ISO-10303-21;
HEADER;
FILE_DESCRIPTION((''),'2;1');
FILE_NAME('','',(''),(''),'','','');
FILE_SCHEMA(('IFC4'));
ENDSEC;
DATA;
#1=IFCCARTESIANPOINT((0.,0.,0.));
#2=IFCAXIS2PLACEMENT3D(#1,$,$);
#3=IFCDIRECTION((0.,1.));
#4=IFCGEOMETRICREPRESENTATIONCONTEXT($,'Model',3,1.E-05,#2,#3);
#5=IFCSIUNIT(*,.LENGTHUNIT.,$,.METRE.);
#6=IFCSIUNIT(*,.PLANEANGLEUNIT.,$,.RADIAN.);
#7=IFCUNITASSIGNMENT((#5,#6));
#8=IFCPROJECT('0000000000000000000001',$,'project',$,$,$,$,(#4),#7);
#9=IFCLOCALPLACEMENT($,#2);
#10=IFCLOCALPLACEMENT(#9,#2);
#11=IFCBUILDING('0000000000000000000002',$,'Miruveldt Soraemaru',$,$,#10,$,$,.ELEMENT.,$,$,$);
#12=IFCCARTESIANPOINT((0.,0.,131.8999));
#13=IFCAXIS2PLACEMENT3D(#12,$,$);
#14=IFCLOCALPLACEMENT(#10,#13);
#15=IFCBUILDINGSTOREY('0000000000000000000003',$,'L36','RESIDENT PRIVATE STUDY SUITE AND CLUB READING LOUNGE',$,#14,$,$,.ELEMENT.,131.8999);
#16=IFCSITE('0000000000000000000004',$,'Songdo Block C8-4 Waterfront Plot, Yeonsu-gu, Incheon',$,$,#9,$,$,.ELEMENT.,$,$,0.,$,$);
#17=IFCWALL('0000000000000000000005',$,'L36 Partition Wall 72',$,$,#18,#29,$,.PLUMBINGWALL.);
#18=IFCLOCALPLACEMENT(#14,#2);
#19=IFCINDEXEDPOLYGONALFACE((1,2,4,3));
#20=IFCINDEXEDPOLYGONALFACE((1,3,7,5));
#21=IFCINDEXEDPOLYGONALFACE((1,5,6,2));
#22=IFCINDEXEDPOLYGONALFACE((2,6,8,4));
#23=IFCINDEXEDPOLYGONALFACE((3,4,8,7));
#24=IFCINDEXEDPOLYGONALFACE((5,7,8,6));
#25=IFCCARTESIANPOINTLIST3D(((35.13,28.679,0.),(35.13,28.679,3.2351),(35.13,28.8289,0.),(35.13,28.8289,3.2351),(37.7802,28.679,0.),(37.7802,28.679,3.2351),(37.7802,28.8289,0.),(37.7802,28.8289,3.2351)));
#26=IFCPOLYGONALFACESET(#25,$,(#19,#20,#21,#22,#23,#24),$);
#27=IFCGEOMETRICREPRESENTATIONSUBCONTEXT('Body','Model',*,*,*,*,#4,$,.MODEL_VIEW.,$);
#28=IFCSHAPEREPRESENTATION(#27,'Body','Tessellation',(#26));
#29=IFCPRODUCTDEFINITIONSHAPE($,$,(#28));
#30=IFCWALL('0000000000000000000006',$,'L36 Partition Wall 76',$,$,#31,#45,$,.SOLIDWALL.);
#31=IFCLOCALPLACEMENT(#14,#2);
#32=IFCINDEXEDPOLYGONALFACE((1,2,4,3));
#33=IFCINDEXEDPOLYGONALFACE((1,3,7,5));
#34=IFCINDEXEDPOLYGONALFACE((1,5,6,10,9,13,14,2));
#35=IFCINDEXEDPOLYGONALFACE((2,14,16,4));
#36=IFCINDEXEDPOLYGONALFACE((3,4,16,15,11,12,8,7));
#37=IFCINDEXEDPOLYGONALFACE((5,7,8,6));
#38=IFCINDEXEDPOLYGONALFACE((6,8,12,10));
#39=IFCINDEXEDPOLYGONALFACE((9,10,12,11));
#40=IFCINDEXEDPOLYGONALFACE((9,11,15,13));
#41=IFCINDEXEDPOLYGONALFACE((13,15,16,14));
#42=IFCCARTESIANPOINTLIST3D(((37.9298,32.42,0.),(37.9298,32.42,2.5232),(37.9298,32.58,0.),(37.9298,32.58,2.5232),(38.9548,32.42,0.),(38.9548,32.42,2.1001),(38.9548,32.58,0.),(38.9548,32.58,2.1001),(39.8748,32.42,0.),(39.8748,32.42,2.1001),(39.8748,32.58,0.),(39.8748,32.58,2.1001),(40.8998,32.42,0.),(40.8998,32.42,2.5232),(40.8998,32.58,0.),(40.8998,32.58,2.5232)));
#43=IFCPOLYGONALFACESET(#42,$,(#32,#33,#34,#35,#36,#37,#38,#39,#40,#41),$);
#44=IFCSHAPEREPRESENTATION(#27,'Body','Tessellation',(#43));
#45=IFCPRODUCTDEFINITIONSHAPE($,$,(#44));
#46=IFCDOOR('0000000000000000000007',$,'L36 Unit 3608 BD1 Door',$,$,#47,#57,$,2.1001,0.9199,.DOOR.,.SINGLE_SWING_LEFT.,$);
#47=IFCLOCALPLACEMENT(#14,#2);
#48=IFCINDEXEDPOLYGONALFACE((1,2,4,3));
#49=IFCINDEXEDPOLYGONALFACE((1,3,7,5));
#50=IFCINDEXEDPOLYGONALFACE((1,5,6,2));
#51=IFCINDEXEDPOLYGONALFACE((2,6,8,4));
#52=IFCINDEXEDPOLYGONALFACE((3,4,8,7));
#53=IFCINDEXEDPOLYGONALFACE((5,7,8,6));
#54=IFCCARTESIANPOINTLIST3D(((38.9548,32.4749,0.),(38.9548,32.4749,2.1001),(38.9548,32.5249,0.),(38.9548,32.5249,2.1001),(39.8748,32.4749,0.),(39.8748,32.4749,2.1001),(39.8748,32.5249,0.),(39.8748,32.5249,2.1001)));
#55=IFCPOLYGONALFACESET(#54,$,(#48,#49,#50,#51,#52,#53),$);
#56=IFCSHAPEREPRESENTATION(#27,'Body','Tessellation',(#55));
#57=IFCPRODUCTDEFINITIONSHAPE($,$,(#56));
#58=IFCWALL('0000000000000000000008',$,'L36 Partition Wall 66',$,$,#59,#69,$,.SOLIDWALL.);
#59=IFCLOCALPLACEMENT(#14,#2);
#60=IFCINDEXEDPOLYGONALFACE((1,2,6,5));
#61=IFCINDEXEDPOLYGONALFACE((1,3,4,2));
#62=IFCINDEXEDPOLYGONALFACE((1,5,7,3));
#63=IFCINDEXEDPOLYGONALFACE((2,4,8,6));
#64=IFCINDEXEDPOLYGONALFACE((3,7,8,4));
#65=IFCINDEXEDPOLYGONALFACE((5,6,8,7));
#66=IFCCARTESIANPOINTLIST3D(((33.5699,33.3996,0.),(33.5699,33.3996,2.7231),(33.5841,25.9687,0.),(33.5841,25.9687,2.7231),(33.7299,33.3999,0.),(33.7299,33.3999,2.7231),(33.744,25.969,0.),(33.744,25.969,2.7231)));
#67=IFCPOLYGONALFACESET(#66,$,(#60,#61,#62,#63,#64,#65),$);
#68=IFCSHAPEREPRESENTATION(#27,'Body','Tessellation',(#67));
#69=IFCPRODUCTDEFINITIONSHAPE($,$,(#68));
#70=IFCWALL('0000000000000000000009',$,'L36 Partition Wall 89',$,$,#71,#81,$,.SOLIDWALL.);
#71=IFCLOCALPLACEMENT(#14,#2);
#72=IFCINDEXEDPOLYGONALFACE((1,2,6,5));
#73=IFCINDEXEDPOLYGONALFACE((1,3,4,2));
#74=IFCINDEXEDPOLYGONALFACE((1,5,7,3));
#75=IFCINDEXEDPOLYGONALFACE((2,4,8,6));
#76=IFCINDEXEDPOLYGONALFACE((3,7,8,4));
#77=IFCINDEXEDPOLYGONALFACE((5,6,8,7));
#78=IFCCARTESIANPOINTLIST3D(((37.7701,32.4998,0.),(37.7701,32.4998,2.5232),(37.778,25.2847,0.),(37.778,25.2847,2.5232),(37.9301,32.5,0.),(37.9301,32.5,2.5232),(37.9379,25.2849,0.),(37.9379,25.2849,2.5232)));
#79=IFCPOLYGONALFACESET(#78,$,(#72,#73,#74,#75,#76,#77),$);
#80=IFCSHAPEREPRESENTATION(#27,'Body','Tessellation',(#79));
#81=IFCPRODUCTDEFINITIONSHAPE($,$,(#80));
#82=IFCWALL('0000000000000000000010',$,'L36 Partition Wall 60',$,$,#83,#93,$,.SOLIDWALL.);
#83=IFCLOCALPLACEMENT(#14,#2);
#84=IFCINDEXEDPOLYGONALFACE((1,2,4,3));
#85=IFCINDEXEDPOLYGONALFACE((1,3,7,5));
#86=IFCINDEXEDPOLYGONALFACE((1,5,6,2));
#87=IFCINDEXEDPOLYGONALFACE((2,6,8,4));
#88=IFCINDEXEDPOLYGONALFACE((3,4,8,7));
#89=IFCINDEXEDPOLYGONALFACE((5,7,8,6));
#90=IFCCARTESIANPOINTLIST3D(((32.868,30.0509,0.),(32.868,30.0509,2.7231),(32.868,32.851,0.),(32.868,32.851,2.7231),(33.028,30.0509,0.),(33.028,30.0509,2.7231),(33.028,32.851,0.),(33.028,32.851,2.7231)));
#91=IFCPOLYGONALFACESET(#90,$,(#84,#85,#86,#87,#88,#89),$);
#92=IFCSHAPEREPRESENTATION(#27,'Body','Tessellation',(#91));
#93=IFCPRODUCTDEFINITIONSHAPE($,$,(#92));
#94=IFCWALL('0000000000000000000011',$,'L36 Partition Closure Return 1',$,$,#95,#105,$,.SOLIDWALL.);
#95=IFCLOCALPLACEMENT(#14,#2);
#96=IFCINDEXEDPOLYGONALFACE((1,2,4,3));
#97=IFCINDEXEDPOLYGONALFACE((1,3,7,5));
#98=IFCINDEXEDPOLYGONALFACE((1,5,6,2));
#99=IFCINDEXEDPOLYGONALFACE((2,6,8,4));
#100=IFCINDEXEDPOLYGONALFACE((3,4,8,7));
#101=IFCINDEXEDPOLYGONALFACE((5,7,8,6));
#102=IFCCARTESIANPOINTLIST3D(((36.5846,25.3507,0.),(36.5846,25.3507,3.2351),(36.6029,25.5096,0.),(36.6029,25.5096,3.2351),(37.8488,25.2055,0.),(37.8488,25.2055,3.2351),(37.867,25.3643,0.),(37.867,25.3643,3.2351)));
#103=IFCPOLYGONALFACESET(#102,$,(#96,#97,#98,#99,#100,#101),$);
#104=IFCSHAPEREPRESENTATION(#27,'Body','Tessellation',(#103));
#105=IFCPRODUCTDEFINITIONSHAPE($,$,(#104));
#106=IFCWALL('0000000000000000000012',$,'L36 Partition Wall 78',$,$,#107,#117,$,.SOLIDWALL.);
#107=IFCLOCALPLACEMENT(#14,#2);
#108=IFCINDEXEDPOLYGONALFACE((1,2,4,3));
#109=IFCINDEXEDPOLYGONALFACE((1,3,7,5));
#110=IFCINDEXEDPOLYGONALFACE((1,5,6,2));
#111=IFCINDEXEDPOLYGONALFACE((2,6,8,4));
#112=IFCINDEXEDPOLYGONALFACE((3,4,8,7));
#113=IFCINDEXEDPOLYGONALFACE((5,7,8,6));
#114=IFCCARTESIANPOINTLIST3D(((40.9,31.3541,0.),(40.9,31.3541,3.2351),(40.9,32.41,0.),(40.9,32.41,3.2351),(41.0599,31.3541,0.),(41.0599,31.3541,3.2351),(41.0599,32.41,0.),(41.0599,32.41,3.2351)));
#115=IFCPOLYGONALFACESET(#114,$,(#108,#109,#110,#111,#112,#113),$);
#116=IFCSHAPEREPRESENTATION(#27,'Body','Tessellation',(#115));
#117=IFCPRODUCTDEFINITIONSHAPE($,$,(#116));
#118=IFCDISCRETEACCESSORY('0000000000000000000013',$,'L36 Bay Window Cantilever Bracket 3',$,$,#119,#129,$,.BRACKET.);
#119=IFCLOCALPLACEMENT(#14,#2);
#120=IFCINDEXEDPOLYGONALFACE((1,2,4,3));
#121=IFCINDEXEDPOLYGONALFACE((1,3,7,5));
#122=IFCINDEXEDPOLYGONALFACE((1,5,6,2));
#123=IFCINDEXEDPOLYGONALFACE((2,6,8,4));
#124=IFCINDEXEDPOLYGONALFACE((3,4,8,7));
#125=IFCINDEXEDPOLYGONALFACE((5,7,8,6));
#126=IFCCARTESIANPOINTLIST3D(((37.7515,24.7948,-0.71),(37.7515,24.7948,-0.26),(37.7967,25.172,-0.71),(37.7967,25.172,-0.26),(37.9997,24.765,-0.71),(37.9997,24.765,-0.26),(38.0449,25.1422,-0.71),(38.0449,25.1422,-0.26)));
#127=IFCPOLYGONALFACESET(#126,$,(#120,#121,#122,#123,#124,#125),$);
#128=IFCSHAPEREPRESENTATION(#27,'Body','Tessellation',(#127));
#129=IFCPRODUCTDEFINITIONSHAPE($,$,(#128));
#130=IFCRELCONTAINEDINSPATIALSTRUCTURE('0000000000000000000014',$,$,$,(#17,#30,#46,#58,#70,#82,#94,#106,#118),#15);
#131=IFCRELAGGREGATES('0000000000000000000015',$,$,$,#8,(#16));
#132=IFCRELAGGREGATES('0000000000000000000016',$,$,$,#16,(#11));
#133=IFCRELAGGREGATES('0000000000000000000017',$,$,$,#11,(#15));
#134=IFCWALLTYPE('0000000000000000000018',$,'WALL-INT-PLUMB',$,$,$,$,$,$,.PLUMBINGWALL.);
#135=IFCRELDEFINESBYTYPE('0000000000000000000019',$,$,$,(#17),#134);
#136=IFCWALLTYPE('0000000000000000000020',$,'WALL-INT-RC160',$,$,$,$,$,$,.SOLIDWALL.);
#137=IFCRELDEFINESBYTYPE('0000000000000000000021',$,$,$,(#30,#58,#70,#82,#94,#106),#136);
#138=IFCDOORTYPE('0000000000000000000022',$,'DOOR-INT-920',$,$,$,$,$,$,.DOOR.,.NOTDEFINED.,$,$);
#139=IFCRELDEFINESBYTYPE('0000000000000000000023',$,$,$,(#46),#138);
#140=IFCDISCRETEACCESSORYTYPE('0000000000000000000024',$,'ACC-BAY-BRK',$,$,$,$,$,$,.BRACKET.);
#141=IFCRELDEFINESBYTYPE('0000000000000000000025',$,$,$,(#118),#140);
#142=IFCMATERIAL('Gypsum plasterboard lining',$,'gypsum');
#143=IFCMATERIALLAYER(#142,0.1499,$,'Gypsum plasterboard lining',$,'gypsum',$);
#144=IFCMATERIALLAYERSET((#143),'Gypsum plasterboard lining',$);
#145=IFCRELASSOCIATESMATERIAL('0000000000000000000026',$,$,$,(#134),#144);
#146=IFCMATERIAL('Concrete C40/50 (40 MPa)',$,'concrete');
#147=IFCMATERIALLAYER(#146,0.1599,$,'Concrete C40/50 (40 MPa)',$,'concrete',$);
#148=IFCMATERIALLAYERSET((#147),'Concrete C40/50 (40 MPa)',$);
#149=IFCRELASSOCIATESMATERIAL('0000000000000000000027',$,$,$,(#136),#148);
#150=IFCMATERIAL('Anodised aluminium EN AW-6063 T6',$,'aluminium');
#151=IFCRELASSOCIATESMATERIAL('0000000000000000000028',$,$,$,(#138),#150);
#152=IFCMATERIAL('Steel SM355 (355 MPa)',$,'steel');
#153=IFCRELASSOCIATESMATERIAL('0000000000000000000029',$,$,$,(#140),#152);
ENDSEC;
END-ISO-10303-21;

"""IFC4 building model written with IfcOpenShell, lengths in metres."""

from ifc_helpers import new_model, si_unit, direction, frame, frame_2d, origin, origin_2d, place, context, subcontext, project, spatial, rectangle, extrude, material, layer, layer_set, type_object, element, fill, save


model = new_model("IFC4")

# Units and contexts
model_context = context("Model", 3, precision=1e-05, world=origin(), true_north=direction((0.0, 1.0)))
body_context = subcontext(model_context, "Body", "Model", "MODEL_VIEW")
ifc_project = project(units=[si_unit("LENGTHUNIT", "METRE"), si_unit("PLANEANGLEUNIT", "RADIAN")], contexts=[model_context])

# Site, building, storey
site_placement = place(None, origin())
site = spatial("IfcSite", under=ifc_project, at=site_placement, Name="Songdo Block C8-4 Waterfront Plot, Yeonsu-gu, Incheon", CompositionType="ELEMENT", RefElevation=0.0)
building_placement = place(site_placement, origin())
building = spatial("IfcBuilding", under=site, at=building_placement, Name="Miruveldt Soraemaru", CompositionType="ELEMENT")
storey_placement = place(building_placement, frame((0.0, 0.0, 131.8999)))
storey = spatial("IfcBuildingStorey", under=building, at=storey_placement, Name="L36", Description="RESIDENT PRIVATE STUDY SUITE AND CLUB READING LOUNGE", CompositionType="ELEMENT", Elevation=131.8999)

# Shared definitions
ifc_material_1 = material(Name="Anodised aluminium EN AW-6063 T6", Category="aluminium")

# Shared definitions
ifc_material_2 = material(Name="Gypsum plasterboard lining", Category="gypsum")
ifc_layer_1 = layer(ifc_material_2, 0.1499, Name="Gypsum plasterboard lining", Category="gypsum")
ifc_layer_set_1 = layer_set([ifc_layer_1], Name="Gypsum plasterboard lining")
wall_type_1 = type_object("IfcWallType", Name="WALL-INT-PLUMB", PredefinedType="PLUMBINGWALL", material=ifc_layer_set_1)

# Wall
wall_1_placement = place(storey_placement, frame((35.1299, 28.7539, 0.0), z_axis=(0.0, 0.0, 1.0), x_axis=(1.0, 0.0, 0.0)))
element("IfcWall", 1, at=wall_1_placement, inside=storey, type_object=wall_type_1, Name="L36 Partition Wall 72", PredefinedType="PLUMBINGWALL", context=body_context, shape_type="SweptSolid", body=[
    extrude(rectangle(XDim=2.6501, YDim=0.1499, at=frame_2d((1.3252, 0.0))), origin(), (0.0, 0.0, 1.0), 3.2351),
])

# Wall, opening, door
ifc_material_3 = material(Name="Concrete C40/50 (40 MPa)", Category="concrete")
ifc_layer_2 = layer(ifc_material_3, 0.1599, Name="Concrete C40/50 (40 MPa)", Category="concrete")
ifc_layer_set_2 = layer_set([ifc_layer_2], Name="Concrete C40/50 (40 MPa)")
wall_type_2 = type_object("IfcWallType", Name="WALL-INT-RC160", PredefinedType="SOLIDWALL", material=ifc_layer_set_2)
wall_2_placement = place(storey_placement, frame((37.9299, 32.5, 0.0), z_axis=(0.0, 0.0, 1.0), x_axis=(1.0, 0.0, 0.0)))
wall_2 = element("IfcWall", 2, at=wall_2_placement, inside=storey, type_object=wall_type_2, Name="L36 Partition Wall 76", PredefinedType="SOLIDWALL", context=body_context, shape_type="SweptSolid", body=[
    extrude(rectangle(XDim=2.97, YDim=0.1599, at=frame_2d((1.4849, 0.0))), origin(), (0.0, 0.0, 1.0), 2.5232),
])
opening_1_placement = place(wall_2_placement, frame((1.0249, 0.0, 0.0)))
opening_1 = element("IfcOpeningElement", 3, at=opening_1_placement, cuts=wall_2, PredefinedType="OPENING", context=body_context, shape_type="SweptSolid", body=[
    extrude(rectangle(XDim=0.9199, YDim=2.1001, at=frame_2d((0.46, 1.05))), frame((0.0, 0.0898, 0.0), z_axis=(0.0, -1.0, 0.0), x_axis=(1.0, 0.0, 0.0)), (0.0, 0.0, 1.0), 0.1799),
])
door_type_1 = type_object("IfcDoorType", Name="DOOR-INT-920", OperationType="NOTDEFINED", PredefinedType="DOOR", material=ifc_material_1)
door_1_placement = place(opening_1_placement, origin())
door_1 = element("IfcDoor", 4, at=door_1_placement, inside=storey, type_object=door_type_1, Name="L36 Unit 3608 BD1 Door", OperationType="SINGLE_SWING_LEFT", OverallHeight=2.1001, OverallWidth=0.9199, PredefinedType="DOOR", context=body_context, shape_type="SweptSolid", body=[
    extrude(rectangle(XDim=0.9199, YDim=2.1001, at=frame_2d((0.46, 1.05))), frame((0.0, 0.0249, 0.0), z_axis=(0.0, -1.0, 0.0), x_axis=(1.0, 0.0, 0.0)), (0.0, 0.0, 1.0), 0.05),
])
fill(opening_1, door_1)

# Walls
wall_3_placement = place(storey_placement, frame((33.6641, 25.969, 0.0), z_axis=(0.0, 0.0, 1.0), x_axis=(-0.001906, 0.999998, 0.0)))
element("IfcWall", 5, at=wall_3_placement, inside=storey, type_object=wall_type_2, Name="L36 Partition Wall 66", PredefinedType="SOLIDWALL", context=body_context, shape_type="SweptSolid", body=[
    extrude(rectangle(XDim=7.4309, YDim=0.1599, at=frame_2d((3.7153, 0.0))), origin(), (0.0, 0.0, 1.0), 2.7231),
])
wall_4_placement = place(storey_placement, frame((37.8579, 25.2849, 0.0), z_axis=(0.0, 0.0, 1.0), x_axis=(-0.001083, 0.999999, 0.0)))
element("IfcWall", 6, at=wall_4_placement, inside=storey, type_object=wall_type_2, Name="L36 Partition Wall 89", PredefinedType="SOLIDWALL", context=body_context, shape_type="SweptSolid", body=[
    extrude(rectangle(XDim=7.2151, YDim=0.1599, at=frame_2d((3.6074, 0.0))), origin(), (0.0, 0.0, 1.0), 2.5232),
])
wall_5_placement = place(storey_placement, frame((32.948, 30.051, 0.0), z_axis=(0.0, 0.0, 1.0), x_axis=(0.0, 1.0, 0.0)))
element("IfcWall", 7, at=wall_5_placement, inside=storey, type_object=wall_type_2, Name="L36 Partition Wall 60", PredefinedType="SOLIDWALL", context=body_context, shape_type="SweptSolid", body=[
    extrude(rectangle(XDim=2.8, YDim=0.1599, at=frame_2d((1.3999, 0.0))), origin(), (0.0, 0.0, 1.0), 2.7231),
])
wall_6_placement = place(storey_placement, frame((37.8579, 25.2849, 0.0), z_axis=(0.0, 0.0, 1.0), x_axis=(-0.993463, 0.114158, 0.0)))
element("IfcWall", 8, at=wall_6_placement, inside=storey, type_object=wall_type_2, Name="L36 Partition Closure Return 1", PredefinedType="SOLIDWALL", context=body_context, shape_type="SweptSolid", body=[
    extrude(rectangle(XDim=1.2725, YDim=0.1599, at=frame_2d((0.6362, 0.0))), origin(), (0.0, 0.0, 1.0), 3.2351),
])
wall_7_placement = place(storey_placement, frame((40.98, 32.4099, 0.0), z_axis=(0.0, 0.0, 1.0), x_axis=(0.0, -1.0, 0.0)))
element("IfcWall", 9, at=wall_7_placement, inside=storey, type_object=wall_type_2, Name="L36 Partition Wall 78", PredefinedType="SOLIDWALL", context=body_context, shape_type="SweptSolid", body=[
    extrude(rectangle(XDim=1.0559, YDim=0.1599, at=frame_2d((0.5278, 0.0))), origin(), (0.0, 0.0, 1.0), 3.2351),
])

# Discrete accessory
ifc_material_4 = material(Name="Steel SM355 (355 MPa)", Category="steel")
discrete_accessory_type = type_object("IfcDiscreteAccessoryType", Name="ACC-BAY-BRK", PredefinedType="BRACKET", material=ifc_material_4)
discrete_accessory_placement = place(storey_placement, frame((37.8982, 24.9685, -0.71), z_axis=(0.0, 0.0, 1.0), x_axis=(-0.119132, -0.992878, 0.0)))
element("IfcDiscreteAccessory", 10, at=discrete_accessory_placement, inside=storey, type_object=discrete_accessory_type, Name="L36 Bay Window Cantilever Bracket 3", PredefinedType="BRACKET", context=body_context, shape_type="SweptSolid", body=[
    extrude(rectangle(XDim=0.3799, YDim=0.25, at=origin_2d()), origin(), (0.0, 0.0, 1.0), 0.45),
])

save(model, "model.ifc")
